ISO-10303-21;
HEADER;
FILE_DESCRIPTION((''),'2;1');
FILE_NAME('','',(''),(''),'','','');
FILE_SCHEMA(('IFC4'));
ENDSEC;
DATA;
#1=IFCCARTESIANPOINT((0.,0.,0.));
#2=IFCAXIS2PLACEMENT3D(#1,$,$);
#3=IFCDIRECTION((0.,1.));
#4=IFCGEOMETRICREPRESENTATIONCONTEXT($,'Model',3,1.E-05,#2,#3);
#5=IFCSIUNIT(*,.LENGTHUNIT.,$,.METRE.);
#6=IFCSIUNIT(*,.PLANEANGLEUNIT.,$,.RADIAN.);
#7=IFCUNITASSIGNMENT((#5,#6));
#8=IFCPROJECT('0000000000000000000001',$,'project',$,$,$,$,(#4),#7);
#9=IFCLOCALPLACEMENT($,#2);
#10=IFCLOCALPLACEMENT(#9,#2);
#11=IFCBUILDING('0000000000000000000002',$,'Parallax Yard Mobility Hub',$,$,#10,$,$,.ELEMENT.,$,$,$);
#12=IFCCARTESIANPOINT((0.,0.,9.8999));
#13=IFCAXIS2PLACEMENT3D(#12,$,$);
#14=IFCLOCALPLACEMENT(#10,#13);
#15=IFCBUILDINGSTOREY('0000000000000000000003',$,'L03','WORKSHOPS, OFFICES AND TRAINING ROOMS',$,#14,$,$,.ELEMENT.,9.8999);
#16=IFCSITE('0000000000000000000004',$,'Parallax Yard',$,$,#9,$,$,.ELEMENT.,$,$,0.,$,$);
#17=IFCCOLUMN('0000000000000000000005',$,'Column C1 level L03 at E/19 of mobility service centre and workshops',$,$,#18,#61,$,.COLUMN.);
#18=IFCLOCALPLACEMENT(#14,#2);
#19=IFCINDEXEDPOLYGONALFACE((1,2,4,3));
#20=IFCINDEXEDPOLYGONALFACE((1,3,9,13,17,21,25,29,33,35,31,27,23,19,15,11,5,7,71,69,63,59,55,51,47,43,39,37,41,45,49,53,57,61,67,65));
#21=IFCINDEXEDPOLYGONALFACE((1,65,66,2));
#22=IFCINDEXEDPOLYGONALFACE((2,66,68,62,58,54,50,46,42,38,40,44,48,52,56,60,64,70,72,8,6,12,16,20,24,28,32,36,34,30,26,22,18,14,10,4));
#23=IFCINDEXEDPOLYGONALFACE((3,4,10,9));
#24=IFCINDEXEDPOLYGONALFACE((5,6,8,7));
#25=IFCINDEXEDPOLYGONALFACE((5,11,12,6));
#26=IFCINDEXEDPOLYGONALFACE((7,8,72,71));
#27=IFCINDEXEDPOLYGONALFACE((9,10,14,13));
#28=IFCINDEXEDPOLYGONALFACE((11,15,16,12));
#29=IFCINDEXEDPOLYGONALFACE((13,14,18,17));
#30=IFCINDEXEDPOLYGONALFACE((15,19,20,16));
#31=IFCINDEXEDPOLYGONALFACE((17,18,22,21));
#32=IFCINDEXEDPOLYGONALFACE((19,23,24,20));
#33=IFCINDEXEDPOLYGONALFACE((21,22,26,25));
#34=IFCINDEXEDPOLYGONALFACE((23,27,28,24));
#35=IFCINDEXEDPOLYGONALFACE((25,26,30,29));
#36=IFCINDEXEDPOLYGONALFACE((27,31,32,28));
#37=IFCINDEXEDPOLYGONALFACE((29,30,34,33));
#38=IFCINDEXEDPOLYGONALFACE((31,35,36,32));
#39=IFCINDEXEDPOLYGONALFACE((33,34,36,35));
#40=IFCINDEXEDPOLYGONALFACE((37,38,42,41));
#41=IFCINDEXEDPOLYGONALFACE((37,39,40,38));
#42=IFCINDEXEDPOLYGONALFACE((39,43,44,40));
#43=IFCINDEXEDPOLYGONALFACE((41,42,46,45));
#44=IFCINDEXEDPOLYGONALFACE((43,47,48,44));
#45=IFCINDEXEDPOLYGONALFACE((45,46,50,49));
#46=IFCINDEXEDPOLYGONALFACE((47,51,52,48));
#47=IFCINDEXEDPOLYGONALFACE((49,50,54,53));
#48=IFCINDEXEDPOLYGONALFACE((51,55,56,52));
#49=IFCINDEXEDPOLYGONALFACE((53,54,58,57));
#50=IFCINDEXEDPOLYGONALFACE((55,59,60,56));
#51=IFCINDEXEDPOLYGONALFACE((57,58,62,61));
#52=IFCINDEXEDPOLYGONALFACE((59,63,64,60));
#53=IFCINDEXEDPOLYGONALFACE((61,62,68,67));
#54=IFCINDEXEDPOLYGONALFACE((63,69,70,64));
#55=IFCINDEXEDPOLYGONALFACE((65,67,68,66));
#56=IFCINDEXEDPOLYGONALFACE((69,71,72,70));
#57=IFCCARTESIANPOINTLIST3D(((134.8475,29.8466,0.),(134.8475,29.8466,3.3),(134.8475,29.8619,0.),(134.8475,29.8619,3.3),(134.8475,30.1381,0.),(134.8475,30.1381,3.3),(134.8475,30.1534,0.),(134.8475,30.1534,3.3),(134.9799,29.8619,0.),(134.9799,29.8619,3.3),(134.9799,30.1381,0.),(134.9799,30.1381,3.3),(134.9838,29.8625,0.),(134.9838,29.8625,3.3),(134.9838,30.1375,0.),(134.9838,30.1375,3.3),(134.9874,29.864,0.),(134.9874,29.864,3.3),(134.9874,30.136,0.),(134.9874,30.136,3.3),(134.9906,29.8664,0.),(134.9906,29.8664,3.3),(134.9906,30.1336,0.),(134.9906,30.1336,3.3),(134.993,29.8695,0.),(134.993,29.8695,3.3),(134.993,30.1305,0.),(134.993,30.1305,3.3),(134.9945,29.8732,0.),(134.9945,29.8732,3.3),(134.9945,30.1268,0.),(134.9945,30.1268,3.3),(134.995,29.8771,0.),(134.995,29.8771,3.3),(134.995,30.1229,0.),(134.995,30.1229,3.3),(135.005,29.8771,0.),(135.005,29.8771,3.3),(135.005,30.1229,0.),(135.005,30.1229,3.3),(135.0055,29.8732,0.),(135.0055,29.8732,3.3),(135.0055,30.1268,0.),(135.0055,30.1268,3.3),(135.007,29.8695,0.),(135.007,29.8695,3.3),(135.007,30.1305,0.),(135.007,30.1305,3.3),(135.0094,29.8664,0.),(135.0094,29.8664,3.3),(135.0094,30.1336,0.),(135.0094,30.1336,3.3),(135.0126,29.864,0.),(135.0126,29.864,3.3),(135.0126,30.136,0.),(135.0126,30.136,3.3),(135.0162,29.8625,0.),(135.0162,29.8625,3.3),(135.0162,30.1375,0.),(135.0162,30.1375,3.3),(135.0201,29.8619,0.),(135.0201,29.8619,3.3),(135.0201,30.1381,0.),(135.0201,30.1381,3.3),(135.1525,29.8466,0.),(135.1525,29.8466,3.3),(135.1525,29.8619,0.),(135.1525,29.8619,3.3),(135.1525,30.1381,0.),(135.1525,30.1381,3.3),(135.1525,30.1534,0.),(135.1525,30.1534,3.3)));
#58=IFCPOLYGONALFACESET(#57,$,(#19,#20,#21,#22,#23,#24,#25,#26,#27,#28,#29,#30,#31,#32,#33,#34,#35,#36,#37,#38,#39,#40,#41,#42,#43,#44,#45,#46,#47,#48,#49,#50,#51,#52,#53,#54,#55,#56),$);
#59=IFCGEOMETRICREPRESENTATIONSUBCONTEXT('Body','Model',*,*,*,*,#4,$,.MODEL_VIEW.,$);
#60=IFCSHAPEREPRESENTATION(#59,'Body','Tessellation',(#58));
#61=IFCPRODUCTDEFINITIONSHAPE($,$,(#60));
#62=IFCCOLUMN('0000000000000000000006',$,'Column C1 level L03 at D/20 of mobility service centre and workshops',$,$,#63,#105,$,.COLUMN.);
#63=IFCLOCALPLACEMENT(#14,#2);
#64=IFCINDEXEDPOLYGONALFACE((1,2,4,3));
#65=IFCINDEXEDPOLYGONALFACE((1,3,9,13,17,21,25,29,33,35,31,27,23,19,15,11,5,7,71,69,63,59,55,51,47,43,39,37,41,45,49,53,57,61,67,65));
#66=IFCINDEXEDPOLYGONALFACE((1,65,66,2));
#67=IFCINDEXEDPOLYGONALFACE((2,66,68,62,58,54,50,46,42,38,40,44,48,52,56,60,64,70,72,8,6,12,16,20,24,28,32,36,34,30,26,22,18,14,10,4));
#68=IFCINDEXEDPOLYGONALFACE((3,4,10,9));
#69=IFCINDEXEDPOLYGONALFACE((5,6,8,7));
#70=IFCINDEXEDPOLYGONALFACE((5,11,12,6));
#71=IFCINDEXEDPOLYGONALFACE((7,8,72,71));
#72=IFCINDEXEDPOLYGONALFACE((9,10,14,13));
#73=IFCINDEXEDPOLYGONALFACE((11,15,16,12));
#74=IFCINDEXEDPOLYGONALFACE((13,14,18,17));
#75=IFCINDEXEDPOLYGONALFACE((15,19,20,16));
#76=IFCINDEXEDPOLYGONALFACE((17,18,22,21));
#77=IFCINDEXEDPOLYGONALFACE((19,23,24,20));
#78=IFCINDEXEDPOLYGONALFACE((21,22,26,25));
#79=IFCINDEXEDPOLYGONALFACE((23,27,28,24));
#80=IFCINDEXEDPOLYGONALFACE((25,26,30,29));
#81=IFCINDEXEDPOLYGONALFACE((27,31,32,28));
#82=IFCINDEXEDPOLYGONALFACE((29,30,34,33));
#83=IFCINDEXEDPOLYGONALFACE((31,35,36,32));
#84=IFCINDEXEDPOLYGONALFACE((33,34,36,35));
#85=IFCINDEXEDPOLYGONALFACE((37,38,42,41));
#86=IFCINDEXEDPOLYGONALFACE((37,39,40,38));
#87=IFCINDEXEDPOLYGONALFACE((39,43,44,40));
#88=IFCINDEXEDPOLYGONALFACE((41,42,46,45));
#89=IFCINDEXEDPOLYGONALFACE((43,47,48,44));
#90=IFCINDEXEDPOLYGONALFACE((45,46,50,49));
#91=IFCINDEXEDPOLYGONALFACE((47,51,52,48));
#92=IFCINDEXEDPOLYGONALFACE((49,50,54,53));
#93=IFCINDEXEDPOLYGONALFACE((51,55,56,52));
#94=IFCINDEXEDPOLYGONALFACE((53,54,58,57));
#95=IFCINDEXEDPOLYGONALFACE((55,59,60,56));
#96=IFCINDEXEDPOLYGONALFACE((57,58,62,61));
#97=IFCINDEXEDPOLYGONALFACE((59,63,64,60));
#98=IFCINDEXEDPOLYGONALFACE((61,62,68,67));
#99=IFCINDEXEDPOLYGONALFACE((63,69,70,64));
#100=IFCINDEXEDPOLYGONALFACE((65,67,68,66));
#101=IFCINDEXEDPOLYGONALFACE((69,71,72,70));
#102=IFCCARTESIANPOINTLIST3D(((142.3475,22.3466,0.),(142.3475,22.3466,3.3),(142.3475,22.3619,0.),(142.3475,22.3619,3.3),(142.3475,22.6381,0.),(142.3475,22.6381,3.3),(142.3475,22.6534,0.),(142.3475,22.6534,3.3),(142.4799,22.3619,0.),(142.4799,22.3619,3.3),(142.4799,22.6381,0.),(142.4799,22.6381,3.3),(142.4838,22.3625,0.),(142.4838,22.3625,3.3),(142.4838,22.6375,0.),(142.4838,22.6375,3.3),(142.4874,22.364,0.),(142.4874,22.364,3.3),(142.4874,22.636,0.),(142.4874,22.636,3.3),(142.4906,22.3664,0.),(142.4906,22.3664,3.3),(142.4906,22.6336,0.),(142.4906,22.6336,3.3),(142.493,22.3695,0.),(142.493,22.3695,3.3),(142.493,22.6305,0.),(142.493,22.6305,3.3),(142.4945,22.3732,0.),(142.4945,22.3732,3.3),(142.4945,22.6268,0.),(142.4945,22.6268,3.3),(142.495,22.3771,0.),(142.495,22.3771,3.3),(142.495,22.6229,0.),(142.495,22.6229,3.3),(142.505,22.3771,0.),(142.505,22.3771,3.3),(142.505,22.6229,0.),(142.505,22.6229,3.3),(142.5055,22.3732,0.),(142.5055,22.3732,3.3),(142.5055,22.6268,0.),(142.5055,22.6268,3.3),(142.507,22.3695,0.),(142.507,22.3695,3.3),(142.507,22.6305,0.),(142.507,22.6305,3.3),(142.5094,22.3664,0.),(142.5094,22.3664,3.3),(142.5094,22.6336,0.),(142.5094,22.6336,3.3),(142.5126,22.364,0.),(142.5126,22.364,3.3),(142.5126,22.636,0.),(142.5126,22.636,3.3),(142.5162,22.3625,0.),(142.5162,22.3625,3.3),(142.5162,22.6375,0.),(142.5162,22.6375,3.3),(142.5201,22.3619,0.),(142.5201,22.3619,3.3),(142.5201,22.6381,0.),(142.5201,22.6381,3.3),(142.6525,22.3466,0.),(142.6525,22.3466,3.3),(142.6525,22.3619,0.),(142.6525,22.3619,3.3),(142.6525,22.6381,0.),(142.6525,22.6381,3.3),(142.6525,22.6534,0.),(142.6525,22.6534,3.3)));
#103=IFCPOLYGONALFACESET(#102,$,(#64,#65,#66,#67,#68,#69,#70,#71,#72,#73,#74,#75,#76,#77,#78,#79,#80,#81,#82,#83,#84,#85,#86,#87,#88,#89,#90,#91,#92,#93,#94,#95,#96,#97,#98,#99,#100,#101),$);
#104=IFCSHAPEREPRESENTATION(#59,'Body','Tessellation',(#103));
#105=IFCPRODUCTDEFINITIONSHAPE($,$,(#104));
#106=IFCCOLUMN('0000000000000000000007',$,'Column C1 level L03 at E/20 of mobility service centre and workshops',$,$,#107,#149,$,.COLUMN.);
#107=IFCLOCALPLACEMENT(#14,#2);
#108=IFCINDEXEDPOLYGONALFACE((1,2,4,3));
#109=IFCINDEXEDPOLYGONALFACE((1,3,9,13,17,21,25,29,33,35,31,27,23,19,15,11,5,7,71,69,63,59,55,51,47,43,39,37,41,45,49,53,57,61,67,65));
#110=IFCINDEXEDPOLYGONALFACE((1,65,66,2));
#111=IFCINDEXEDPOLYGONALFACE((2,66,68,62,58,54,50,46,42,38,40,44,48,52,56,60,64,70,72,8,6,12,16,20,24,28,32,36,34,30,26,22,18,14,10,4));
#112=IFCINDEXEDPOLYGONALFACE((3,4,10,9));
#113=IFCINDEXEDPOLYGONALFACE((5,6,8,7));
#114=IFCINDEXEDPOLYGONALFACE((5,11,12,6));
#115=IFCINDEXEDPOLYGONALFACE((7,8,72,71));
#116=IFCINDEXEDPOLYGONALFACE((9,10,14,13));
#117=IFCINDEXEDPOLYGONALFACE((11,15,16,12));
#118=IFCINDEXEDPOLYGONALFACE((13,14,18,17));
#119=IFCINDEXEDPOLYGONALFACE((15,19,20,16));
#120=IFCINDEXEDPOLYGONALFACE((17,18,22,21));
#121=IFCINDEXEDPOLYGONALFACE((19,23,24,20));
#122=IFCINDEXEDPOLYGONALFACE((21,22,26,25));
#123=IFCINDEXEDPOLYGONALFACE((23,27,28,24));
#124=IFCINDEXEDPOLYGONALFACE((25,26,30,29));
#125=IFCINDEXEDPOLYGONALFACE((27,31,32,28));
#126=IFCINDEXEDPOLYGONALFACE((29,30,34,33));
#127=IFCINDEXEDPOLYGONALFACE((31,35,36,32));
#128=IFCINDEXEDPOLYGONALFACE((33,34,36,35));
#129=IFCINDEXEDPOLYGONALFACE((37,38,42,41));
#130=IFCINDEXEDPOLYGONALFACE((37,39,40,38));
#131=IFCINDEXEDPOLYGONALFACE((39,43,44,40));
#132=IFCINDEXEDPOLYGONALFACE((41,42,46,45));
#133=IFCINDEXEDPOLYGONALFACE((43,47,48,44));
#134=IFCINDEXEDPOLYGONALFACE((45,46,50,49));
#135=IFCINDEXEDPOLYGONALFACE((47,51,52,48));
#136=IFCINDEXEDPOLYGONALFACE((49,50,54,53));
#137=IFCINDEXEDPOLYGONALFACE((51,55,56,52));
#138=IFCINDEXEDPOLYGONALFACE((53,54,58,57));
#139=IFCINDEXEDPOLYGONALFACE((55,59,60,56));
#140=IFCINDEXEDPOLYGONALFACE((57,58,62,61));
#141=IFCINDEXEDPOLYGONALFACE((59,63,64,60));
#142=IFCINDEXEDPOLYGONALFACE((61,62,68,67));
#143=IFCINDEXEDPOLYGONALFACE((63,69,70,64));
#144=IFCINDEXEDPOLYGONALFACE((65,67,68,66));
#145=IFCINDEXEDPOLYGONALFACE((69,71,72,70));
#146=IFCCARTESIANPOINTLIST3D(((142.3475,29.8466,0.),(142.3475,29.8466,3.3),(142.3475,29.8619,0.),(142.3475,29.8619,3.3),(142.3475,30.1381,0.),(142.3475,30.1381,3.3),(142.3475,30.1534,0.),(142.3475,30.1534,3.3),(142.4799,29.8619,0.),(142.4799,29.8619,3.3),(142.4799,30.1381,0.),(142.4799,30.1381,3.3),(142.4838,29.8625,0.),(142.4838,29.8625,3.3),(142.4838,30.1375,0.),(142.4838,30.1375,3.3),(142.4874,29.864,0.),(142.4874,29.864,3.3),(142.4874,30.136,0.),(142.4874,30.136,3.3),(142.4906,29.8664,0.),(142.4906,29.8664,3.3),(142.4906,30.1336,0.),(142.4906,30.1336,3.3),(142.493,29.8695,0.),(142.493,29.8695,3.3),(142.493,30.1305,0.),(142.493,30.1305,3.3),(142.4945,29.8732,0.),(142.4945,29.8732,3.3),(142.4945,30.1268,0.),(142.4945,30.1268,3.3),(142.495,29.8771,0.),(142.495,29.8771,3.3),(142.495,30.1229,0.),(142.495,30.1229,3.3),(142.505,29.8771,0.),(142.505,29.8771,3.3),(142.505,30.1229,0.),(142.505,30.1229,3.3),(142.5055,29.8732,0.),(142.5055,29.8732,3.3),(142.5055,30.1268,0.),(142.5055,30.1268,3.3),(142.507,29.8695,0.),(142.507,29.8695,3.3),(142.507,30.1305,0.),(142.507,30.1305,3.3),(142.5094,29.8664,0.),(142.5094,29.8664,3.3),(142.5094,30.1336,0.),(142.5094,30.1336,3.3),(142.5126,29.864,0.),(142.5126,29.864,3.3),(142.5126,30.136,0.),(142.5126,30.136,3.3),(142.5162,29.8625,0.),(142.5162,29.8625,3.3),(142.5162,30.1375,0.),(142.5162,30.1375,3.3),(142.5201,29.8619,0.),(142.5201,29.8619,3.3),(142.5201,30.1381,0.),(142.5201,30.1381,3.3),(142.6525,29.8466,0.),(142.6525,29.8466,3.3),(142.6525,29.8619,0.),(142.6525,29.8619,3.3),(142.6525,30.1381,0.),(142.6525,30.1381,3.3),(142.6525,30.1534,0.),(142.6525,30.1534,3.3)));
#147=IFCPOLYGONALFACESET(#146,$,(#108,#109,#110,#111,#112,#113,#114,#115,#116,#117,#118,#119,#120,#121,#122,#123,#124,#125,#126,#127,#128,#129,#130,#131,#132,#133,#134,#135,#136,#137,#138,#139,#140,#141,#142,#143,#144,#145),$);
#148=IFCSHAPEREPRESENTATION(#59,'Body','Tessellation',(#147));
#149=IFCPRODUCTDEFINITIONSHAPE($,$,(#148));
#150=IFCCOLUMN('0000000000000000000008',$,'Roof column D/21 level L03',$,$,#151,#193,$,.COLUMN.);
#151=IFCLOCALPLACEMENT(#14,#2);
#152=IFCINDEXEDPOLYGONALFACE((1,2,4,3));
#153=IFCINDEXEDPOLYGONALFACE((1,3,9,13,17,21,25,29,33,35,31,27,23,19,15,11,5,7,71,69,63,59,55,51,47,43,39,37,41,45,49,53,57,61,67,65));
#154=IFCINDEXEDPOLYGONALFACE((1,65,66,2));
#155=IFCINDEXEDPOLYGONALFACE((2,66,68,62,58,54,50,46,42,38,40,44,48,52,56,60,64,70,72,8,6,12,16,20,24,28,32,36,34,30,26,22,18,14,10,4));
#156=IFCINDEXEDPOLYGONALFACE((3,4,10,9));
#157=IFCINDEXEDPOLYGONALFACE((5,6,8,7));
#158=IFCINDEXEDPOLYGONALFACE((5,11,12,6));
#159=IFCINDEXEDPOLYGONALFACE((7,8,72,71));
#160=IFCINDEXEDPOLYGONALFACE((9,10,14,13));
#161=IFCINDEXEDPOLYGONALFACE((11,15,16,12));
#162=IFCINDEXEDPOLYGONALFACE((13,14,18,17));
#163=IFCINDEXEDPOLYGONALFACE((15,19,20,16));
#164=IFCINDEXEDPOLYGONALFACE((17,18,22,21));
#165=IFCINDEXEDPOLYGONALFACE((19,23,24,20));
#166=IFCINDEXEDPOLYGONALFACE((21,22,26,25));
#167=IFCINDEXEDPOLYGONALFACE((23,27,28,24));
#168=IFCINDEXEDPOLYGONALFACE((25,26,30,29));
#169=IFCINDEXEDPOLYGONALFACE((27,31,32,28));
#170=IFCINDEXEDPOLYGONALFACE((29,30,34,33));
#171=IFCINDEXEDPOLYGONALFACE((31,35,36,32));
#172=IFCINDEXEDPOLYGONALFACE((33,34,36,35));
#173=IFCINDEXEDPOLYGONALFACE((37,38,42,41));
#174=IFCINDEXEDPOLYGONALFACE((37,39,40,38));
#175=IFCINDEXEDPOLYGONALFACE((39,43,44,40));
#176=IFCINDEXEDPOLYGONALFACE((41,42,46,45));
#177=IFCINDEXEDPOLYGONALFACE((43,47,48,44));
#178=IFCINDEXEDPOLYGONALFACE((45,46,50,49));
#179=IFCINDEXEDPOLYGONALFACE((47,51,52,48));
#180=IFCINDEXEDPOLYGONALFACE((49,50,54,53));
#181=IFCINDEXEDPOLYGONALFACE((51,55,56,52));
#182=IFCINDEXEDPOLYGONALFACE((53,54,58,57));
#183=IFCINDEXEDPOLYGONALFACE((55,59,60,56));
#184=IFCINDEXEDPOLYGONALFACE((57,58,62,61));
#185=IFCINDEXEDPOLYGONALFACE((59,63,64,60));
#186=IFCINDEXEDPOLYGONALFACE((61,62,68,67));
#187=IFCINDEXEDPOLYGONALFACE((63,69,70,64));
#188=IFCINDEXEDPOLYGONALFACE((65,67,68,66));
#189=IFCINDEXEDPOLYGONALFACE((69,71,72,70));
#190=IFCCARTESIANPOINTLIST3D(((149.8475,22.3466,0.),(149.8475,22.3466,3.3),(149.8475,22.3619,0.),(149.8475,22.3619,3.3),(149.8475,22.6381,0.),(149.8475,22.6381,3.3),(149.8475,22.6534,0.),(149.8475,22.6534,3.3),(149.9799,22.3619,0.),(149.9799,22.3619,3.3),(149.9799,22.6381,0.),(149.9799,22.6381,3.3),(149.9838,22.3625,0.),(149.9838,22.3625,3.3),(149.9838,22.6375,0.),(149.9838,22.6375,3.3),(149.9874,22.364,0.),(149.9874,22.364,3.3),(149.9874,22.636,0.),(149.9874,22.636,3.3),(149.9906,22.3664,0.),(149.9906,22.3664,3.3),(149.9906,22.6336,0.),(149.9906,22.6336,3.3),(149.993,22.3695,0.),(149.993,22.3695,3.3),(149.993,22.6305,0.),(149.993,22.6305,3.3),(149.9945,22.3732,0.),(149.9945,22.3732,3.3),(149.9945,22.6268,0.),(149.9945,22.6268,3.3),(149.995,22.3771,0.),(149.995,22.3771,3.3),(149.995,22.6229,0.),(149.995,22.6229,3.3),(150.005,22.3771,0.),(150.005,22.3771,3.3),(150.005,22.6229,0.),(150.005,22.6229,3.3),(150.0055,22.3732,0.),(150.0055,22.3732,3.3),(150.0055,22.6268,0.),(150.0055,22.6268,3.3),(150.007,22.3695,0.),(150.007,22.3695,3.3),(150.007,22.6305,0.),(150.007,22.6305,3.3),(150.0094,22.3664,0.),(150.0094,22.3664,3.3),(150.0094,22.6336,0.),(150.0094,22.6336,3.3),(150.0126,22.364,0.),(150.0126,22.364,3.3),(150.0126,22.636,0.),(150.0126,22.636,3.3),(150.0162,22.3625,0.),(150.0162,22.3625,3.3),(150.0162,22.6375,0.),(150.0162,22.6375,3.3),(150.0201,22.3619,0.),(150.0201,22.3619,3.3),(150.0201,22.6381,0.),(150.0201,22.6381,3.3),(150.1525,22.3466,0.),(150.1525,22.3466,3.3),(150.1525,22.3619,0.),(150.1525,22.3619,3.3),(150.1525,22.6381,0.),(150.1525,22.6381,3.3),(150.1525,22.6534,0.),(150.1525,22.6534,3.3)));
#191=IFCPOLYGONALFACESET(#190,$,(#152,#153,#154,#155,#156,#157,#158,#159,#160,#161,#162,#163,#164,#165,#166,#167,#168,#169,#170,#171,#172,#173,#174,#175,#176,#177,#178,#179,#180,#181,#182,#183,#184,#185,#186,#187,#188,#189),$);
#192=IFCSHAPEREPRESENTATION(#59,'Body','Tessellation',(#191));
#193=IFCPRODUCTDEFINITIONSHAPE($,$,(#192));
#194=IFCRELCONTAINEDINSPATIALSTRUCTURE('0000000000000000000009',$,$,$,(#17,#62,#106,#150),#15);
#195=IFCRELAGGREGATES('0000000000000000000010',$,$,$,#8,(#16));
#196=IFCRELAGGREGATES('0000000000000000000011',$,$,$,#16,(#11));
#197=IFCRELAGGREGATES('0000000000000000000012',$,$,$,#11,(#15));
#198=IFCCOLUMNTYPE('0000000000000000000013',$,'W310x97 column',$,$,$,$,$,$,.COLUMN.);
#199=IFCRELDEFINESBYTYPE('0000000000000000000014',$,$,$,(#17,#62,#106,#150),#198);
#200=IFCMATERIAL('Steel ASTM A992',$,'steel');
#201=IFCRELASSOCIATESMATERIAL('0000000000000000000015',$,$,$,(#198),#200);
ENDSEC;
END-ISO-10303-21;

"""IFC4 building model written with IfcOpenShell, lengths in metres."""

from ifc_helpers import new_model, si_unit, direction, frame, origin, origin_2d, place, context, subcontext, project, spatial, i_section, extrude, material, material_profile, profile_set, type_object, element, save


model = new_model("IFC4")

# Units and contexts
model_context = context("Model", 3, precision=1e-05, world=origin(), true_north=direction((0.0, 1.0)))
body_context = subcontext(model_context, "Body", "Model", "MODEL_VIEW")
ifc_project = project(units=[si_unit("LENGTHUNIT", "METRE"), si_unit("PLANEANGLEUNIT", "RADIAN")], contexts=[model_context])

# Site, building, storey
site_placement = place(None, origin())
site = spatial("IfcSite", under=ifc_project, at=site_placement, Name="Parallax Yard", CompositionType="ELEMENT", RefElevation=0.0)
building_placement = place(site_placement, origin())
building = spatial("IfcBuilding", under=site, at=building_placement, Name="Parallax Yard Mobility Hub", CompositionType="ELEMENT")
storey_placement = place(building_placement, frame((0.0, 0.0, 9.8999)))
storey = spatial("IfcBuildingStorey", under=building, at=storey_placement, Name="L03", Description="WORKSHOPS, OFFICES AND TRAINING ROOMS", CompositionType="ELEMENT", Elevation=9.8999)

# Columns
ifc_material_1 = material(Name="Steel ASTM A992", Category="steel")
ifc_material_profile_1 = material_profile(ifc_material_1, i_section(OverallWidth=0.3049, OverallDepth=0.3069, WebThickness=0.01, FlangeThickness=0.0154, FilletRadius=0.0151, at=origin_2d()), Name="W310x97")
ifc_profile_set_1 = profile_set([ifc_material_profile_1], Name="Steel ASTM A992")
column_type = type_object("IfcColumnType", Name="W310x97 column", PredefinedType="COLUMN", material=ifc_profile_set_1)
for number, where, z_axis, x_axis, name in (
    (1, (135.0, 30.0, 0.0), (0.0, 0.0, 1.0), (1.0, 0.0, 0.0), "Column C1 level L03 at E/19 of mobility service centre and workshops"),
    (2, (142.5, 22.5, 0.0), (0.0, 0.0, 1.0), (1.0, 0.0, 0.0), "Column C1 level L03 at D/20 of mobility service centre and workshops"),
    (3, (142.5, 30.0, 0.0), (0.0, 0.0, 1.0), (1.0, 0.0, 0.0), "Column C1 level L03 at E/20 of mobility service centre and workshops"),
    (4, (150.0, 22.5, 0.0), (0.0, 0.0, 1.0), (1.0, 0.0, 0.0), "Roof column D/21 level L03"),
):
    element("IfcColumn", number, at=place(storey_placement, frame(where, z_axis=z_axis, x_axis=x_axis)), inside=storey, type_object=column_type, Name=name, PredefinedType="COLUMN", context=body_context, shape_type="SweptSolid", body=[
        extrude(i_section(OverallWidth=0.3049, OverallDepth=0.3069, WebThickness=0.01, FlangeThickness=0.0154, FilletRadius=0.0151, at=origin_2d()), origin(), (0.0, 0.0, 1.0), 3.3),
    ])

save(model, "model.ifc")
